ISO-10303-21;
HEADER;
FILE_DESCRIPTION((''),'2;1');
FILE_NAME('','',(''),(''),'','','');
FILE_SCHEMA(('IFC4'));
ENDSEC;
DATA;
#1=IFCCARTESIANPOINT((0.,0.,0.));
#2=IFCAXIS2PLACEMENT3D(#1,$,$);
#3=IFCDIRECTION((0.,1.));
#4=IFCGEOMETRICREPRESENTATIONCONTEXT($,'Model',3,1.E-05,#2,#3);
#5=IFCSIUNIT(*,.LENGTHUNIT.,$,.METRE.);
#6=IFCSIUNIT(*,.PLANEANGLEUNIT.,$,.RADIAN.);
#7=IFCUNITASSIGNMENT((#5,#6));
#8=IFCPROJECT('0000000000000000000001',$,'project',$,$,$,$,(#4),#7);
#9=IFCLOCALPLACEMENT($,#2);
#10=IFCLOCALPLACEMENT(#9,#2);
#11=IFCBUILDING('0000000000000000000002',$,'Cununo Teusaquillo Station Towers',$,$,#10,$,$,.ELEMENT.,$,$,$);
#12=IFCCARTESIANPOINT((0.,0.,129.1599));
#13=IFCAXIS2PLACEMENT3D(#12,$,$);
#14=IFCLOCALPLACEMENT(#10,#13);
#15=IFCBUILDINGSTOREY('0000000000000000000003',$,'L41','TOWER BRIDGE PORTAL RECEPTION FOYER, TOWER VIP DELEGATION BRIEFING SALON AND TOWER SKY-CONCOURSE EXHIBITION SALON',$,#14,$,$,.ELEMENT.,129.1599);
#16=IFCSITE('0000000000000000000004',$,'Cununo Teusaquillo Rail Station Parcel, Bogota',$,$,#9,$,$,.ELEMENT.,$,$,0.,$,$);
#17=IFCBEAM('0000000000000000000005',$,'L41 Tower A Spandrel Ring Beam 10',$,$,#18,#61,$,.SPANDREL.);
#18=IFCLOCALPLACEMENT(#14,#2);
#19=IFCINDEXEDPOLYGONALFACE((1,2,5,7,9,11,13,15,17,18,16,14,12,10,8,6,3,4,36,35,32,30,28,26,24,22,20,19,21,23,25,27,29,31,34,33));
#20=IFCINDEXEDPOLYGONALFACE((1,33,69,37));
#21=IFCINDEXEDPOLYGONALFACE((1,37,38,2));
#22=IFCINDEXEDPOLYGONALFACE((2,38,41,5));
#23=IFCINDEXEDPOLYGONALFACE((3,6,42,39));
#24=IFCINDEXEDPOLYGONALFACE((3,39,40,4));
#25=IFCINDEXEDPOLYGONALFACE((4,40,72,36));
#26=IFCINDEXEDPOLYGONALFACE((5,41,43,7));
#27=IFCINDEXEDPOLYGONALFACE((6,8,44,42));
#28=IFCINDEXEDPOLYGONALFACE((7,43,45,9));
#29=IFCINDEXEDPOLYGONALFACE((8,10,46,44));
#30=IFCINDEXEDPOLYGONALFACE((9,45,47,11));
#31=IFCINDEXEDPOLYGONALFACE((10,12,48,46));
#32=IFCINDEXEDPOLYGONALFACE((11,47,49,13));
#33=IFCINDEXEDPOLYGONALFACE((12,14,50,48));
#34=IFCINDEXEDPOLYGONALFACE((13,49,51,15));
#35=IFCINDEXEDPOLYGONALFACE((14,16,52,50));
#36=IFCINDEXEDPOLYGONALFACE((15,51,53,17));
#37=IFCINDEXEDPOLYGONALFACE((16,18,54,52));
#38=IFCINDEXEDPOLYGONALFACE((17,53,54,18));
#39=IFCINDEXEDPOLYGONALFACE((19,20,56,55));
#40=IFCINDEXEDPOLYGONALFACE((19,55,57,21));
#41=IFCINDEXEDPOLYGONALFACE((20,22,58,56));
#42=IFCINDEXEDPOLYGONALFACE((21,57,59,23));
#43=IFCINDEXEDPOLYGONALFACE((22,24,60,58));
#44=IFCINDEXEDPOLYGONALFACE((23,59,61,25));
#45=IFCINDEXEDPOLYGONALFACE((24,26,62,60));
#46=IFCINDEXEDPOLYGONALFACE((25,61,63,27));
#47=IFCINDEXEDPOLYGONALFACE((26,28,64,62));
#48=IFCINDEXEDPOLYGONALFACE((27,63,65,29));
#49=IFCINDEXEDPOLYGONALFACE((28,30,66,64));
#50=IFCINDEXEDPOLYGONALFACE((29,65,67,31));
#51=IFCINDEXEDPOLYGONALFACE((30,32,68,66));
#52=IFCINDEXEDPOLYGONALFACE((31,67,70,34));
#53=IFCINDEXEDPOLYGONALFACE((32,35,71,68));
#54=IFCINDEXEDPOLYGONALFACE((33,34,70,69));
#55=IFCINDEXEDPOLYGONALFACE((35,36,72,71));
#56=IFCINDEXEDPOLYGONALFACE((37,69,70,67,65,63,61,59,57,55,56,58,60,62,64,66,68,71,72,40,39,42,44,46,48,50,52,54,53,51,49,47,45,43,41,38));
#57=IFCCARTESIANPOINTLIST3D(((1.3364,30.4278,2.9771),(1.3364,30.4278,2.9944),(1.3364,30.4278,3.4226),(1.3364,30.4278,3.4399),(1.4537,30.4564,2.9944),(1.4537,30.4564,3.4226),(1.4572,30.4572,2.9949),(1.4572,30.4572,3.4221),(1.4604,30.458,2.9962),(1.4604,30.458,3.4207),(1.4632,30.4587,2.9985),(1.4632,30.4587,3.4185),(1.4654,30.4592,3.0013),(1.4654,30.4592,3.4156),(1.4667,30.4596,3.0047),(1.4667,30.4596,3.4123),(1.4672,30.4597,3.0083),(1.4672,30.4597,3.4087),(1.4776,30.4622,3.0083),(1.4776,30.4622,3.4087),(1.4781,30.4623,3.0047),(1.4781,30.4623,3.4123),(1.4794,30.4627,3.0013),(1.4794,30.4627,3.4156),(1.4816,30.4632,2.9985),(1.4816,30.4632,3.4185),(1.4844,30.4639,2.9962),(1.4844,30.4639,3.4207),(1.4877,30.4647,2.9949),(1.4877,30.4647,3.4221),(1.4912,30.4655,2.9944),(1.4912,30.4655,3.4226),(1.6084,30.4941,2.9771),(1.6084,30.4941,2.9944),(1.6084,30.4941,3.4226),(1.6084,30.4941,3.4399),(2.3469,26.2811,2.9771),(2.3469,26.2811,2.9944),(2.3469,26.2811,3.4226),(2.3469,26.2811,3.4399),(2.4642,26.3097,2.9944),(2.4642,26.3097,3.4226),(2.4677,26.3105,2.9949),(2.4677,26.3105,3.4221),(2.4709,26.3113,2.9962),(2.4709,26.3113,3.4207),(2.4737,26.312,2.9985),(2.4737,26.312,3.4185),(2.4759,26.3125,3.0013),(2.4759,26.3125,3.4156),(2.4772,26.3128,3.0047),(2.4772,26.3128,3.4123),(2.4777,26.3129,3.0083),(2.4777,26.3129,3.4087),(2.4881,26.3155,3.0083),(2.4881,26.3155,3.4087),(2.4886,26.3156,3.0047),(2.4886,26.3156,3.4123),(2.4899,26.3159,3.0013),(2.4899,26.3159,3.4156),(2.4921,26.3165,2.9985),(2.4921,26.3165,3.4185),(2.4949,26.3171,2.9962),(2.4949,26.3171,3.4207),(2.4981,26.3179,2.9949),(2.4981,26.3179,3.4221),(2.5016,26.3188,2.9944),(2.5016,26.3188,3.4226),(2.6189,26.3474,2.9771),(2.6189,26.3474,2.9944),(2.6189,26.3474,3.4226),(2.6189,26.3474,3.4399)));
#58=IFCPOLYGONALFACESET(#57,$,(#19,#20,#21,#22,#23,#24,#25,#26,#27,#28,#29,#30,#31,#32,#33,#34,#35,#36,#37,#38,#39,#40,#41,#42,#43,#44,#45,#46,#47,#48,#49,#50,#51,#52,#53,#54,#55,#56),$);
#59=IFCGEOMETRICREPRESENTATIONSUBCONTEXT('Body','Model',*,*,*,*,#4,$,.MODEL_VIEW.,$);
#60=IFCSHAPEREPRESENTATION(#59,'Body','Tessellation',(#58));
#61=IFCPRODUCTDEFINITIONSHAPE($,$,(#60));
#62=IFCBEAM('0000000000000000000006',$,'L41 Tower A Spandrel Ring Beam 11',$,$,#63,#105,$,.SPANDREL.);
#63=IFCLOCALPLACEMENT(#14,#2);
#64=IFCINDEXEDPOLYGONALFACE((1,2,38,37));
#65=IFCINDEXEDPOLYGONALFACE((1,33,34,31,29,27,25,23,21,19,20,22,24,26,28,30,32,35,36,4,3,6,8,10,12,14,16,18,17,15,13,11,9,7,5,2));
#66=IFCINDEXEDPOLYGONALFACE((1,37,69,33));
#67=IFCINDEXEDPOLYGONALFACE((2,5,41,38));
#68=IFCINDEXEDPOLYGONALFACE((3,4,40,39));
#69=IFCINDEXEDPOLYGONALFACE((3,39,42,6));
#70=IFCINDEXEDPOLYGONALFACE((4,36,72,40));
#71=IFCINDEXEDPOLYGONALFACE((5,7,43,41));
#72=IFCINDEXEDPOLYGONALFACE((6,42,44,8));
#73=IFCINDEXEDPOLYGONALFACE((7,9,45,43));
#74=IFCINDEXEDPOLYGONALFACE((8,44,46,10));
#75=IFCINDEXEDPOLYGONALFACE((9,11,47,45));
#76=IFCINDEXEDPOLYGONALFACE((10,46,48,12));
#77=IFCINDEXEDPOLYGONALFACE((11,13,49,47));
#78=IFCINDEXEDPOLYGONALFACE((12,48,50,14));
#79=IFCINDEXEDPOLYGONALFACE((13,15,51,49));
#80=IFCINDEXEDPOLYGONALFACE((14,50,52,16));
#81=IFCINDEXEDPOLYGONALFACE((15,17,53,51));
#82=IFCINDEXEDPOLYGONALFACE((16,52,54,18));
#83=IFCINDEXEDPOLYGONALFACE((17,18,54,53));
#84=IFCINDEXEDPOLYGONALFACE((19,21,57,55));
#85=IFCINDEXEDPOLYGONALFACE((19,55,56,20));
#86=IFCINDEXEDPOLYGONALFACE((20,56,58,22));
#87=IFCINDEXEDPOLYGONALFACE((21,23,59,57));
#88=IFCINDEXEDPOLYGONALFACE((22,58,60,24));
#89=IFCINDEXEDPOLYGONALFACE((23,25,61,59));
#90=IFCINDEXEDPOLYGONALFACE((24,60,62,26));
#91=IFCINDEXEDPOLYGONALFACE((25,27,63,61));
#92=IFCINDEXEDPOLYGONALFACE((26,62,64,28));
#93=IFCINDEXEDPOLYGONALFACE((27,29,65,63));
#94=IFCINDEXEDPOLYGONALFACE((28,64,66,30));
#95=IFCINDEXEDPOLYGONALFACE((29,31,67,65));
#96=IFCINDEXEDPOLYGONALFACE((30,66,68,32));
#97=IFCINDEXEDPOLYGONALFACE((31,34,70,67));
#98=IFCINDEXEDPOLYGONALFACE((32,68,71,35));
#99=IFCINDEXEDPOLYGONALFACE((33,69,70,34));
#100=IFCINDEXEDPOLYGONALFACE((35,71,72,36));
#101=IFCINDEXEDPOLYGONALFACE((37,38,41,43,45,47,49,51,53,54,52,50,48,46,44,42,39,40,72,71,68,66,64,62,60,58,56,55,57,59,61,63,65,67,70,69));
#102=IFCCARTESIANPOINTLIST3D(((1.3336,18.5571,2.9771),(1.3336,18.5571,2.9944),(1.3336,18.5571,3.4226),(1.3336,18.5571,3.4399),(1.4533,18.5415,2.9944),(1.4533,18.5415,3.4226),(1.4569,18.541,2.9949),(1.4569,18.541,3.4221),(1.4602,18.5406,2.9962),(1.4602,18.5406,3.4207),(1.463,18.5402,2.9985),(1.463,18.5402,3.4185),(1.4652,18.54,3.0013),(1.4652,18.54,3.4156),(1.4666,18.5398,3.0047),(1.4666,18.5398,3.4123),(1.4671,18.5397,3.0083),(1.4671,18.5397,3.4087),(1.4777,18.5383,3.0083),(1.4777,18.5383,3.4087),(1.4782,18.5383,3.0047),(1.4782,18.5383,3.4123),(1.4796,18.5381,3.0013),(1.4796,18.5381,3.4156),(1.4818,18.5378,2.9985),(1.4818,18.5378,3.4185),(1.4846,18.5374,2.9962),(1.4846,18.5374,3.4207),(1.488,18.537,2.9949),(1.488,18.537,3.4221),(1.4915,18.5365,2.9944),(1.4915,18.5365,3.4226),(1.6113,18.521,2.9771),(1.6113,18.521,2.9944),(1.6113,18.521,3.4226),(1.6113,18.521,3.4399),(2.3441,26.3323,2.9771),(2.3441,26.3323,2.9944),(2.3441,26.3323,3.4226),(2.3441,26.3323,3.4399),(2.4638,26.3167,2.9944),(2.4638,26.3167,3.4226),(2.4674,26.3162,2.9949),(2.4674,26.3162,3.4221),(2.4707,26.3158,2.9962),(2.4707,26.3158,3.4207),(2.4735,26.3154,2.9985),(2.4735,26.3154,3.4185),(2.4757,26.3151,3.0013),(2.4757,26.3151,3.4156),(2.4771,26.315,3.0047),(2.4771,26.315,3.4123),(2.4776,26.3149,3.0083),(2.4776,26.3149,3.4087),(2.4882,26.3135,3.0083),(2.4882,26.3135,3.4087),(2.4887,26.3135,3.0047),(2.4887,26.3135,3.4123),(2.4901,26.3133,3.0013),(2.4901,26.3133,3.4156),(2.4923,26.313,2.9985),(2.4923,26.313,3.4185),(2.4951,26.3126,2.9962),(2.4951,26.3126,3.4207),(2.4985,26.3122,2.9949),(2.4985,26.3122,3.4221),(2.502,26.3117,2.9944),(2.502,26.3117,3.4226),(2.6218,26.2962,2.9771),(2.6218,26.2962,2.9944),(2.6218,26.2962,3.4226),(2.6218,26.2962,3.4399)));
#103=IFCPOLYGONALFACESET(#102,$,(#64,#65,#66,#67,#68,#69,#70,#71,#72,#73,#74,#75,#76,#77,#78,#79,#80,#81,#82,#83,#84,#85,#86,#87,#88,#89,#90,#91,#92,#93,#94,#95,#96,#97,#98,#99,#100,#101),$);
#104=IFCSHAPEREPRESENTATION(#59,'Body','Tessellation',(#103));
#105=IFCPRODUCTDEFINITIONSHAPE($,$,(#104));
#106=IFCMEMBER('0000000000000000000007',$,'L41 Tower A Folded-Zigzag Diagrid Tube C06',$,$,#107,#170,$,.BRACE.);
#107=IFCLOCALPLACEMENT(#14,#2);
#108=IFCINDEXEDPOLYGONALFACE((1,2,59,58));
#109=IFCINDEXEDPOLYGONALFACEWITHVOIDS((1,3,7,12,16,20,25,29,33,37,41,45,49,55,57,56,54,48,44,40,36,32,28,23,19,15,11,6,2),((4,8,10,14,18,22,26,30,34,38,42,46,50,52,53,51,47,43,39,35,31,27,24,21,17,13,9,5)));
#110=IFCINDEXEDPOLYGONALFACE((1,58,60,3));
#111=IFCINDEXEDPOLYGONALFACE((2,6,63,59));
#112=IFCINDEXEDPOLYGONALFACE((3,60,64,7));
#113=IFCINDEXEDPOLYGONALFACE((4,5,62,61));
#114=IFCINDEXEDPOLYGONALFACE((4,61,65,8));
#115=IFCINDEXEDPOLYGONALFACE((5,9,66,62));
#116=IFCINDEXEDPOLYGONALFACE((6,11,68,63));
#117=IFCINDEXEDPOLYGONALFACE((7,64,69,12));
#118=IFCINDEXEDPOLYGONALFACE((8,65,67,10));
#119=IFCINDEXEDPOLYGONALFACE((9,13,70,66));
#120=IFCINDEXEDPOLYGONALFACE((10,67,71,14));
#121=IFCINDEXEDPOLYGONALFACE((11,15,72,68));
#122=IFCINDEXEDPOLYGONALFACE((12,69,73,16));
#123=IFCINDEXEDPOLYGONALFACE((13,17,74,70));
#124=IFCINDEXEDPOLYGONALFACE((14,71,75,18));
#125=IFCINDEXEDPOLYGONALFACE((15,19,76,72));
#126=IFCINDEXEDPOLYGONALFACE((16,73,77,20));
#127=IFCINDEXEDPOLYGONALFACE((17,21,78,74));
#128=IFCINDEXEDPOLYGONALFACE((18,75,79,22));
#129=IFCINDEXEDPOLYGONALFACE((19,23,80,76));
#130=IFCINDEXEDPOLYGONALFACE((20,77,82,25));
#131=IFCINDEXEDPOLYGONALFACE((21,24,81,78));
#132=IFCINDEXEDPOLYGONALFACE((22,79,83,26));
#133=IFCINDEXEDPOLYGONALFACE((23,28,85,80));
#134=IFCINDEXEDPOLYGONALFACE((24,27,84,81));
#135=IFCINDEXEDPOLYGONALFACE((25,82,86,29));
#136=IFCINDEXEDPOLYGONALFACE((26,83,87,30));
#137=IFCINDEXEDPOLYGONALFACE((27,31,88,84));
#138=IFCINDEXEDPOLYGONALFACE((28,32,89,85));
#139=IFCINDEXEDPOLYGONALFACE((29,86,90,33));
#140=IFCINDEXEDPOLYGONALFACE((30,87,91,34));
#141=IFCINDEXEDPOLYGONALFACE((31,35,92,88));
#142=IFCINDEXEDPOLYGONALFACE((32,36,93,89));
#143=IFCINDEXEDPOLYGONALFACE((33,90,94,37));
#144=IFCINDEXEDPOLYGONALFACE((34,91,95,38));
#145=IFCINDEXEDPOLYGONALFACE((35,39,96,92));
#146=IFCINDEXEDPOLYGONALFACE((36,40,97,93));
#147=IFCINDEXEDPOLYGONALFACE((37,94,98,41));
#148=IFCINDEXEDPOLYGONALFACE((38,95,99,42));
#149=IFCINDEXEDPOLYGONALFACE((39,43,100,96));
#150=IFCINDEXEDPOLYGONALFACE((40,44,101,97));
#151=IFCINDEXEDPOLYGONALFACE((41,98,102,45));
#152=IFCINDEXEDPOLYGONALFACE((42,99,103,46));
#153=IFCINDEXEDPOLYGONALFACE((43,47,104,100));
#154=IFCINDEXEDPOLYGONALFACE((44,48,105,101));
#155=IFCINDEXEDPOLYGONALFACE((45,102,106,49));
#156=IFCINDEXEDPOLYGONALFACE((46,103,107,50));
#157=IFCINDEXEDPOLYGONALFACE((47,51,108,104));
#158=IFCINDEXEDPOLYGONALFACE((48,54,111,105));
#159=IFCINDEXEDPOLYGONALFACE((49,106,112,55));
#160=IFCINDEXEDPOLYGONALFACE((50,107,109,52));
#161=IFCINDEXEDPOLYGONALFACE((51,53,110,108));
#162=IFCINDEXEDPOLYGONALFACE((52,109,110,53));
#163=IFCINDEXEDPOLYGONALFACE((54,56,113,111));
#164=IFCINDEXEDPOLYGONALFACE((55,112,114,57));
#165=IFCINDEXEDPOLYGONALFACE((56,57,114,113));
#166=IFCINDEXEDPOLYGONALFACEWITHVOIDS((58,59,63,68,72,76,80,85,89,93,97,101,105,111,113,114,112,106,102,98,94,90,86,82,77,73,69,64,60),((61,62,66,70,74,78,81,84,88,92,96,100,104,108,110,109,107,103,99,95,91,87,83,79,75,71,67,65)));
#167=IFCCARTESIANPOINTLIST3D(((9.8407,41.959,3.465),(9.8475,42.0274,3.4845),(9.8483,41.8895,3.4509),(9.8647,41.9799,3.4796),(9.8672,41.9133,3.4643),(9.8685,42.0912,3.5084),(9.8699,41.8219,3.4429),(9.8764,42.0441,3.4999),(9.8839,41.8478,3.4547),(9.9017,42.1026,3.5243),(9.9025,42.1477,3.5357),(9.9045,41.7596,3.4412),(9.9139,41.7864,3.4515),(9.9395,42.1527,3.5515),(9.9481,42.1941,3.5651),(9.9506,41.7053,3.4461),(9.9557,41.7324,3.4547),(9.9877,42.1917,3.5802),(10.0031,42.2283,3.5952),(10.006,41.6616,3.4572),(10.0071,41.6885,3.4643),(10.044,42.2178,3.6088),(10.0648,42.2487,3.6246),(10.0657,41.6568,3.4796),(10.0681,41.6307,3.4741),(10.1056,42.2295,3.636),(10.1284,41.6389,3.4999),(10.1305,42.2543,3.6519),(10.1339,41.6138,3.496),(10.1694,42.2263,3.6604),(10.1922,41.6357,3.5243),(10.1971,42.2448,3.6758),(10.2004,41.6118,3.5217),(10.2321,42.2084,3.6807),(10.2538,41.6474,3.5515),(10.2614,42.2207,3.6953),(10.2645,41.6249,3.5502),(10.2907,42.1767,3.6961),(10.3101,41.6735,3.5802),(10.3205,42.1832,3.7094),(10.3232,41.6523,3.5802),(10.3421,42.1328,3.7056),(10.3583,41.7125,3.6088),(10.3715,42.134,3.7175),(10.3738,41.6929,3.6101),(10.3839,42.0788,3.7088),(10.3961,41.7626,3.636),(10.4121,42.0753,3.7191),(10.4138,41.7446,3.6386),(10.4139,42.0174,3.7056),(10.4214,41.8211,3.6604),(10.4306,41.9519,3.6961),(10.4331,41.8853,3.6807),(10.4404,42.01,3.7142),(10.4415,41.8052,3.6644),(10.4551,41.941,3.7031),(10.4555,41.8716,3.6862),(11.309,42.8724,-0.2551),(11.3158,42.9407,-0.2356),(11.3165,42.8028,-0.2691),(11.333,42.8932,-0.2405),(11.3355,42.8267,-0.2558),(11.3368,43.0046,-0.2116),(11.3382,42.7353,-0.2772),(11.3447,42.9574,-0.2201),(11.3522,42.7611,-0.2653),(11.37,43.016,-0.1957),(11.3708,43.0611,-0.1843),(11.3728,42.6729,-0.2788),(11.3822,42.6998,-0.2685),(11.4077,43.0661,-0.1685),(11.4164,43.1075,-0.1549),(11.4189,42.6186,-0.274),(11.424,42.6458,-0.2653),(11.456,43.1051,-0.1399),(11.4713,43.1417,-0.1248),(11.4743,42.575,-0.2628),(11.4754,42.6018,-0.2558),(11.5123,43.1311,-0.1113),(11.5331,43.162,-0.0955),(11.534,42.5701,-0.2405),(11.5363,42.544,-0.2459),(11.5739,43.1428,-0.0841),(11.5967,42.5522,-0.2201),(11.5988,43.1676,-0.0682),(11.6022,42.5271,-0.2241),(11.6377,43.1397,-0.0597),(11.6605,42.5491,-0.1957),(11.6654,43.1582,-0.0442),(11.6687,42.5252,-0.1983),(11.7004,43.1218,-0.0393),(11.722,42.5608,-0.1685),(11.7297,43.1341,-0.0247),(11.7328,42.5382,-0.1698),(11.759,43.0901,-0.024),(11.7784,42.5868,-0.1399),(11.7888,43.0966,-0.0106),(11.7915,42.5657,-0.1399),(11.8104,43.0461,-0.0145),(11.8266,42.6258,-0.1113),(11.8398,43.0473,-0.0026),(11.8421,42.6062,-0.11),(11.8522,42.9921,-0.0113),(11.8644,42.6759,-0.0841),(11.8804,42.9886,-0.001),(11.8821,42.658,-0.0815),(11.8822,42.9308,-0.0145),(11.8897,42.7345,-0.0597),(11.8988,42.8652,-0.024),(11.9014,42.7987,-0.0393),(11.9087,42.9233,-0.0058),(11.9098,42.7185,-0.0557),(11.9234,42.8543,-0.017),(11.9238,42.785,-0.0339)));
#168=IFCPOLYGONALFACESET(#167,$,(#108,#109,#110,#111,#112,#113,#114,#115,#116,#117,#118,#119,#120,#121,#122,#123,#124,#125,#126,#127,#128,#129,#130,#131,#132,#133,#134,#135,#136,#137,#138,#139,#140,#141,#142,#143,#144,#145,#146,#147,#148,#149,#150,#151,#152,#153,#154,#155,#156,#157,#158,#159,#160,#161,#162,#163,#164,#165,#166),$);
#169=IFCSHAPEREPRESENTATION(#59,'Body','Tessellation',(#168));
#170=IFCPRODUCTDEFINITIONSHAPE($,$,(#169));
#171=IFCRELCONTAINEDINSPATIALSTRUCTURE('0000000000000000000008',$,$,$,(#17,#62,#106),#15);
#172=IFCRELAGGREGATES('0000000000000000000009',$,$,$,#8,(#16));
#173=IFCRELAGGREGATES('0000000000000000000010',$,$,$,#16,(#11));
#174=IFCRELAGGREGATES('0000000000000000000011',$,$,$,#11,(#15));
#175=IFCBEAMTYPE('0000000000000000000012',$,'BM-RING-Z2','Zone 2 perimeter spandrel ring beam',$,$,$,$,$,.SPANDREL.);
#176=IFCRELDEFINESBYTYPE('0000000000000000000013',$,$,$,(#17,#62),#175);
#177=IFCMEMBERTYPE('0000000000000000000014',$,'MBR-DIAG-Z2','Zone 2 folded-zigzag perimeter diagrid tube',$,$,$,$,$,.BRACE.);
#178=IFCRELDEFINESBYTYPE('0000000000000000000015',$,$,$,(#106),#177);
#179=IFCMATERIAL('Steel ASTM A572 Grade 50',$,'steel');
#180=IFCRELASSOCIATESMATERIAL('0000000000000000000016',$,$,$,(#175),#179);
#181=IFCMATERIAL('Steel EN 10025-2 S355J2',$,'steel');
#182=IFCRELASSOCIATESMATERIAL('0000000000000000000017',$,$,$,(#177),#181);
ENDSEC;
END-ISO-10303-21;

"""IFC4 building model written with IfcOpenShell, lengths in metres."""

from ifc_helpers import new_model, si_unit, direction, frame, origin, origin_2d, place, context, subcontext, project, spatial, hollow_circle, i_section, extrude, material, material_profile, profile_set, type_object, element, save


model = new_model("IFC4")

# Units and contexts
model_context = context("Model", 3, precision=1e-05, world=origin(), true_north=direction((0.0, 1.0)))
body_context = subcontext(model_context, "Body", "Model", "MODEL_VIEW")
ifc_project = project(units=[si_unit("LENGTHUNIT", "METRE"), si_unit("PLANEANGLEUNIT", "RADIAN")], contexts=[model_context])

# Site, building, storey
site_placement = place(None, origin())
site = spatial("IfcSite", under=ifc_project, at=site_placement, Name="Cununo Teusaquillo Rail Station Parcel, Bogota", CompositionType="ELEMENT", RefElevation=0.0)
building_placement = place(site_placement, origin())
building = spatial("IfcBuilding", under=site, at=building_placement, Name="Cununo Teusaquillo Station Towers", CompositionType="ELEMENT")
storey_placement = place(building_placement, frame((0.0, 0.0, 129.1599)))
storey = spatial("IfcBuildingStorey", under=building, at=storey_placement, Name="L41", Description="TOWER BRIDGE PORTAL RECEPTION FOYER, TOWER VIP DELEGATION BRIEFING SALON AND TOWER SKY-CONCOURSE EXHIBITION SALON", CompositionType="ELEMENT", Elevation=129.1599)

# Beams
ifc_material_1 = material(Name="Steel ASTM A572 Grade 50", Category="steel")
ifc_material_profile_1 = material_profile(ifc_material_1, i_section(OverallWidth=0.28, OverallDepth=0.4629, WebThickness=0.0107, FlangeThickness=0.0173, FilletRadius=0.0139, at=origin_2d()), Name="W18X76")
ifc_profile_set_1 = profile_set([ifc_material_profile_1], Name="Steel ASTM A572 Grade 50")
beam_type_1 = type_object("IfcBeamType", Name="BM-RING-Z2", Description="Zone 2 perimeter spandrel ring beam", PredefinedType="SPANDREL", material=ifc_profile_set_1)
beam_1_placement = place(storey_placement, frame((1.4724, 30.4609, 3.2085), z_axis=(0.236757, -0.971569, 0.0), x_axis=(0.971569, 0.236757, 0.0)))
element("IfcBeam", 1, at=beam_1_placement, inside=storey, type_object=beam_type_1, Name="L41 Tower A Spandrel Ring Beam 10", PredefinedType="SPANDREL", context=body_context, shape_type="SweptSolid", body=[
    extrude(i_section(OverallWidth=0.28, OverallDepth=0.4629, WebThickness=0.0107, FlangeThickness=0.0173, FilletRadius=0.0139, at=origin_2d()), origin(), (0.0, 0.0, 1.0), 4.2681),
])
beam_2_placement = place(storey_placement, frame((2.4829, 26.3142, 3.2085), z_axis=(-0.128881, -0.99166, 0.0), x_axis=(0.99166, -0.128881, 0.0)))
element("IfcBeam", 2, at=beam_2_placement, inside=storey, type_object=beam_type_1, Name="L41 Tower A Spandrel Ring Beam 11", PredefinedType="SPANDREL", context=body_context, shape_type="SweptSolid", body=[
    extrude(i_section(OverallWidth=0.28, OverallDepth=0.4629, WebThickness=0.0107, FlangeThickness=0.0173, FilletRadius=0.0139, at=origin_2d()), origin(), (0.0, 0.0, 1.0), 7.8406),
])

# Member
ifc_material_2 = material(Name="Steel EN 10025-2 S355J2", Category="steel")
ifc_material_profile_2 = material_profile(ifc_material_2, hollow_circle(Radius=0.3301, WallThickness=0.0249, at=origin_2d()), Name="CHS 660x25")
ifc_profile_set_2 = profile_set([ifc_material_profile_2], Name="Steel EN 10025-2 S355J2")
member_type = type_object("IfcMemberType", Name="MBR-DIAG-Z2", Description="Zone 2 folded-zigzag perimeter diagrid tube", PredefinedType="BRACE", material=ifc_profile_set_2)
member_1_placement = place(storey_placement, frame((11.6172, 42.8459, -0.1399), z_axis=(-0.357919, -0.222643, 0.906821), x_axis=(0.528196, -0.849123, 0.0)))
element("IfcMember", 3, at=member_1_placement, inside=storey, type_object=member_type, Name="L41 Tower A Folded-Zigzag Diagrid Tube C06", PredefinedType="BRACE", context=body_context, shape_type="SweptSolid", body=[
    extrude(hollow_circle(Radius=0.3301, WallThickness=0.0249, at=origin_2d()), origin(), (0.0, 0.0, 1.0), 4.1023),
])

save(model, "model.ifc")
